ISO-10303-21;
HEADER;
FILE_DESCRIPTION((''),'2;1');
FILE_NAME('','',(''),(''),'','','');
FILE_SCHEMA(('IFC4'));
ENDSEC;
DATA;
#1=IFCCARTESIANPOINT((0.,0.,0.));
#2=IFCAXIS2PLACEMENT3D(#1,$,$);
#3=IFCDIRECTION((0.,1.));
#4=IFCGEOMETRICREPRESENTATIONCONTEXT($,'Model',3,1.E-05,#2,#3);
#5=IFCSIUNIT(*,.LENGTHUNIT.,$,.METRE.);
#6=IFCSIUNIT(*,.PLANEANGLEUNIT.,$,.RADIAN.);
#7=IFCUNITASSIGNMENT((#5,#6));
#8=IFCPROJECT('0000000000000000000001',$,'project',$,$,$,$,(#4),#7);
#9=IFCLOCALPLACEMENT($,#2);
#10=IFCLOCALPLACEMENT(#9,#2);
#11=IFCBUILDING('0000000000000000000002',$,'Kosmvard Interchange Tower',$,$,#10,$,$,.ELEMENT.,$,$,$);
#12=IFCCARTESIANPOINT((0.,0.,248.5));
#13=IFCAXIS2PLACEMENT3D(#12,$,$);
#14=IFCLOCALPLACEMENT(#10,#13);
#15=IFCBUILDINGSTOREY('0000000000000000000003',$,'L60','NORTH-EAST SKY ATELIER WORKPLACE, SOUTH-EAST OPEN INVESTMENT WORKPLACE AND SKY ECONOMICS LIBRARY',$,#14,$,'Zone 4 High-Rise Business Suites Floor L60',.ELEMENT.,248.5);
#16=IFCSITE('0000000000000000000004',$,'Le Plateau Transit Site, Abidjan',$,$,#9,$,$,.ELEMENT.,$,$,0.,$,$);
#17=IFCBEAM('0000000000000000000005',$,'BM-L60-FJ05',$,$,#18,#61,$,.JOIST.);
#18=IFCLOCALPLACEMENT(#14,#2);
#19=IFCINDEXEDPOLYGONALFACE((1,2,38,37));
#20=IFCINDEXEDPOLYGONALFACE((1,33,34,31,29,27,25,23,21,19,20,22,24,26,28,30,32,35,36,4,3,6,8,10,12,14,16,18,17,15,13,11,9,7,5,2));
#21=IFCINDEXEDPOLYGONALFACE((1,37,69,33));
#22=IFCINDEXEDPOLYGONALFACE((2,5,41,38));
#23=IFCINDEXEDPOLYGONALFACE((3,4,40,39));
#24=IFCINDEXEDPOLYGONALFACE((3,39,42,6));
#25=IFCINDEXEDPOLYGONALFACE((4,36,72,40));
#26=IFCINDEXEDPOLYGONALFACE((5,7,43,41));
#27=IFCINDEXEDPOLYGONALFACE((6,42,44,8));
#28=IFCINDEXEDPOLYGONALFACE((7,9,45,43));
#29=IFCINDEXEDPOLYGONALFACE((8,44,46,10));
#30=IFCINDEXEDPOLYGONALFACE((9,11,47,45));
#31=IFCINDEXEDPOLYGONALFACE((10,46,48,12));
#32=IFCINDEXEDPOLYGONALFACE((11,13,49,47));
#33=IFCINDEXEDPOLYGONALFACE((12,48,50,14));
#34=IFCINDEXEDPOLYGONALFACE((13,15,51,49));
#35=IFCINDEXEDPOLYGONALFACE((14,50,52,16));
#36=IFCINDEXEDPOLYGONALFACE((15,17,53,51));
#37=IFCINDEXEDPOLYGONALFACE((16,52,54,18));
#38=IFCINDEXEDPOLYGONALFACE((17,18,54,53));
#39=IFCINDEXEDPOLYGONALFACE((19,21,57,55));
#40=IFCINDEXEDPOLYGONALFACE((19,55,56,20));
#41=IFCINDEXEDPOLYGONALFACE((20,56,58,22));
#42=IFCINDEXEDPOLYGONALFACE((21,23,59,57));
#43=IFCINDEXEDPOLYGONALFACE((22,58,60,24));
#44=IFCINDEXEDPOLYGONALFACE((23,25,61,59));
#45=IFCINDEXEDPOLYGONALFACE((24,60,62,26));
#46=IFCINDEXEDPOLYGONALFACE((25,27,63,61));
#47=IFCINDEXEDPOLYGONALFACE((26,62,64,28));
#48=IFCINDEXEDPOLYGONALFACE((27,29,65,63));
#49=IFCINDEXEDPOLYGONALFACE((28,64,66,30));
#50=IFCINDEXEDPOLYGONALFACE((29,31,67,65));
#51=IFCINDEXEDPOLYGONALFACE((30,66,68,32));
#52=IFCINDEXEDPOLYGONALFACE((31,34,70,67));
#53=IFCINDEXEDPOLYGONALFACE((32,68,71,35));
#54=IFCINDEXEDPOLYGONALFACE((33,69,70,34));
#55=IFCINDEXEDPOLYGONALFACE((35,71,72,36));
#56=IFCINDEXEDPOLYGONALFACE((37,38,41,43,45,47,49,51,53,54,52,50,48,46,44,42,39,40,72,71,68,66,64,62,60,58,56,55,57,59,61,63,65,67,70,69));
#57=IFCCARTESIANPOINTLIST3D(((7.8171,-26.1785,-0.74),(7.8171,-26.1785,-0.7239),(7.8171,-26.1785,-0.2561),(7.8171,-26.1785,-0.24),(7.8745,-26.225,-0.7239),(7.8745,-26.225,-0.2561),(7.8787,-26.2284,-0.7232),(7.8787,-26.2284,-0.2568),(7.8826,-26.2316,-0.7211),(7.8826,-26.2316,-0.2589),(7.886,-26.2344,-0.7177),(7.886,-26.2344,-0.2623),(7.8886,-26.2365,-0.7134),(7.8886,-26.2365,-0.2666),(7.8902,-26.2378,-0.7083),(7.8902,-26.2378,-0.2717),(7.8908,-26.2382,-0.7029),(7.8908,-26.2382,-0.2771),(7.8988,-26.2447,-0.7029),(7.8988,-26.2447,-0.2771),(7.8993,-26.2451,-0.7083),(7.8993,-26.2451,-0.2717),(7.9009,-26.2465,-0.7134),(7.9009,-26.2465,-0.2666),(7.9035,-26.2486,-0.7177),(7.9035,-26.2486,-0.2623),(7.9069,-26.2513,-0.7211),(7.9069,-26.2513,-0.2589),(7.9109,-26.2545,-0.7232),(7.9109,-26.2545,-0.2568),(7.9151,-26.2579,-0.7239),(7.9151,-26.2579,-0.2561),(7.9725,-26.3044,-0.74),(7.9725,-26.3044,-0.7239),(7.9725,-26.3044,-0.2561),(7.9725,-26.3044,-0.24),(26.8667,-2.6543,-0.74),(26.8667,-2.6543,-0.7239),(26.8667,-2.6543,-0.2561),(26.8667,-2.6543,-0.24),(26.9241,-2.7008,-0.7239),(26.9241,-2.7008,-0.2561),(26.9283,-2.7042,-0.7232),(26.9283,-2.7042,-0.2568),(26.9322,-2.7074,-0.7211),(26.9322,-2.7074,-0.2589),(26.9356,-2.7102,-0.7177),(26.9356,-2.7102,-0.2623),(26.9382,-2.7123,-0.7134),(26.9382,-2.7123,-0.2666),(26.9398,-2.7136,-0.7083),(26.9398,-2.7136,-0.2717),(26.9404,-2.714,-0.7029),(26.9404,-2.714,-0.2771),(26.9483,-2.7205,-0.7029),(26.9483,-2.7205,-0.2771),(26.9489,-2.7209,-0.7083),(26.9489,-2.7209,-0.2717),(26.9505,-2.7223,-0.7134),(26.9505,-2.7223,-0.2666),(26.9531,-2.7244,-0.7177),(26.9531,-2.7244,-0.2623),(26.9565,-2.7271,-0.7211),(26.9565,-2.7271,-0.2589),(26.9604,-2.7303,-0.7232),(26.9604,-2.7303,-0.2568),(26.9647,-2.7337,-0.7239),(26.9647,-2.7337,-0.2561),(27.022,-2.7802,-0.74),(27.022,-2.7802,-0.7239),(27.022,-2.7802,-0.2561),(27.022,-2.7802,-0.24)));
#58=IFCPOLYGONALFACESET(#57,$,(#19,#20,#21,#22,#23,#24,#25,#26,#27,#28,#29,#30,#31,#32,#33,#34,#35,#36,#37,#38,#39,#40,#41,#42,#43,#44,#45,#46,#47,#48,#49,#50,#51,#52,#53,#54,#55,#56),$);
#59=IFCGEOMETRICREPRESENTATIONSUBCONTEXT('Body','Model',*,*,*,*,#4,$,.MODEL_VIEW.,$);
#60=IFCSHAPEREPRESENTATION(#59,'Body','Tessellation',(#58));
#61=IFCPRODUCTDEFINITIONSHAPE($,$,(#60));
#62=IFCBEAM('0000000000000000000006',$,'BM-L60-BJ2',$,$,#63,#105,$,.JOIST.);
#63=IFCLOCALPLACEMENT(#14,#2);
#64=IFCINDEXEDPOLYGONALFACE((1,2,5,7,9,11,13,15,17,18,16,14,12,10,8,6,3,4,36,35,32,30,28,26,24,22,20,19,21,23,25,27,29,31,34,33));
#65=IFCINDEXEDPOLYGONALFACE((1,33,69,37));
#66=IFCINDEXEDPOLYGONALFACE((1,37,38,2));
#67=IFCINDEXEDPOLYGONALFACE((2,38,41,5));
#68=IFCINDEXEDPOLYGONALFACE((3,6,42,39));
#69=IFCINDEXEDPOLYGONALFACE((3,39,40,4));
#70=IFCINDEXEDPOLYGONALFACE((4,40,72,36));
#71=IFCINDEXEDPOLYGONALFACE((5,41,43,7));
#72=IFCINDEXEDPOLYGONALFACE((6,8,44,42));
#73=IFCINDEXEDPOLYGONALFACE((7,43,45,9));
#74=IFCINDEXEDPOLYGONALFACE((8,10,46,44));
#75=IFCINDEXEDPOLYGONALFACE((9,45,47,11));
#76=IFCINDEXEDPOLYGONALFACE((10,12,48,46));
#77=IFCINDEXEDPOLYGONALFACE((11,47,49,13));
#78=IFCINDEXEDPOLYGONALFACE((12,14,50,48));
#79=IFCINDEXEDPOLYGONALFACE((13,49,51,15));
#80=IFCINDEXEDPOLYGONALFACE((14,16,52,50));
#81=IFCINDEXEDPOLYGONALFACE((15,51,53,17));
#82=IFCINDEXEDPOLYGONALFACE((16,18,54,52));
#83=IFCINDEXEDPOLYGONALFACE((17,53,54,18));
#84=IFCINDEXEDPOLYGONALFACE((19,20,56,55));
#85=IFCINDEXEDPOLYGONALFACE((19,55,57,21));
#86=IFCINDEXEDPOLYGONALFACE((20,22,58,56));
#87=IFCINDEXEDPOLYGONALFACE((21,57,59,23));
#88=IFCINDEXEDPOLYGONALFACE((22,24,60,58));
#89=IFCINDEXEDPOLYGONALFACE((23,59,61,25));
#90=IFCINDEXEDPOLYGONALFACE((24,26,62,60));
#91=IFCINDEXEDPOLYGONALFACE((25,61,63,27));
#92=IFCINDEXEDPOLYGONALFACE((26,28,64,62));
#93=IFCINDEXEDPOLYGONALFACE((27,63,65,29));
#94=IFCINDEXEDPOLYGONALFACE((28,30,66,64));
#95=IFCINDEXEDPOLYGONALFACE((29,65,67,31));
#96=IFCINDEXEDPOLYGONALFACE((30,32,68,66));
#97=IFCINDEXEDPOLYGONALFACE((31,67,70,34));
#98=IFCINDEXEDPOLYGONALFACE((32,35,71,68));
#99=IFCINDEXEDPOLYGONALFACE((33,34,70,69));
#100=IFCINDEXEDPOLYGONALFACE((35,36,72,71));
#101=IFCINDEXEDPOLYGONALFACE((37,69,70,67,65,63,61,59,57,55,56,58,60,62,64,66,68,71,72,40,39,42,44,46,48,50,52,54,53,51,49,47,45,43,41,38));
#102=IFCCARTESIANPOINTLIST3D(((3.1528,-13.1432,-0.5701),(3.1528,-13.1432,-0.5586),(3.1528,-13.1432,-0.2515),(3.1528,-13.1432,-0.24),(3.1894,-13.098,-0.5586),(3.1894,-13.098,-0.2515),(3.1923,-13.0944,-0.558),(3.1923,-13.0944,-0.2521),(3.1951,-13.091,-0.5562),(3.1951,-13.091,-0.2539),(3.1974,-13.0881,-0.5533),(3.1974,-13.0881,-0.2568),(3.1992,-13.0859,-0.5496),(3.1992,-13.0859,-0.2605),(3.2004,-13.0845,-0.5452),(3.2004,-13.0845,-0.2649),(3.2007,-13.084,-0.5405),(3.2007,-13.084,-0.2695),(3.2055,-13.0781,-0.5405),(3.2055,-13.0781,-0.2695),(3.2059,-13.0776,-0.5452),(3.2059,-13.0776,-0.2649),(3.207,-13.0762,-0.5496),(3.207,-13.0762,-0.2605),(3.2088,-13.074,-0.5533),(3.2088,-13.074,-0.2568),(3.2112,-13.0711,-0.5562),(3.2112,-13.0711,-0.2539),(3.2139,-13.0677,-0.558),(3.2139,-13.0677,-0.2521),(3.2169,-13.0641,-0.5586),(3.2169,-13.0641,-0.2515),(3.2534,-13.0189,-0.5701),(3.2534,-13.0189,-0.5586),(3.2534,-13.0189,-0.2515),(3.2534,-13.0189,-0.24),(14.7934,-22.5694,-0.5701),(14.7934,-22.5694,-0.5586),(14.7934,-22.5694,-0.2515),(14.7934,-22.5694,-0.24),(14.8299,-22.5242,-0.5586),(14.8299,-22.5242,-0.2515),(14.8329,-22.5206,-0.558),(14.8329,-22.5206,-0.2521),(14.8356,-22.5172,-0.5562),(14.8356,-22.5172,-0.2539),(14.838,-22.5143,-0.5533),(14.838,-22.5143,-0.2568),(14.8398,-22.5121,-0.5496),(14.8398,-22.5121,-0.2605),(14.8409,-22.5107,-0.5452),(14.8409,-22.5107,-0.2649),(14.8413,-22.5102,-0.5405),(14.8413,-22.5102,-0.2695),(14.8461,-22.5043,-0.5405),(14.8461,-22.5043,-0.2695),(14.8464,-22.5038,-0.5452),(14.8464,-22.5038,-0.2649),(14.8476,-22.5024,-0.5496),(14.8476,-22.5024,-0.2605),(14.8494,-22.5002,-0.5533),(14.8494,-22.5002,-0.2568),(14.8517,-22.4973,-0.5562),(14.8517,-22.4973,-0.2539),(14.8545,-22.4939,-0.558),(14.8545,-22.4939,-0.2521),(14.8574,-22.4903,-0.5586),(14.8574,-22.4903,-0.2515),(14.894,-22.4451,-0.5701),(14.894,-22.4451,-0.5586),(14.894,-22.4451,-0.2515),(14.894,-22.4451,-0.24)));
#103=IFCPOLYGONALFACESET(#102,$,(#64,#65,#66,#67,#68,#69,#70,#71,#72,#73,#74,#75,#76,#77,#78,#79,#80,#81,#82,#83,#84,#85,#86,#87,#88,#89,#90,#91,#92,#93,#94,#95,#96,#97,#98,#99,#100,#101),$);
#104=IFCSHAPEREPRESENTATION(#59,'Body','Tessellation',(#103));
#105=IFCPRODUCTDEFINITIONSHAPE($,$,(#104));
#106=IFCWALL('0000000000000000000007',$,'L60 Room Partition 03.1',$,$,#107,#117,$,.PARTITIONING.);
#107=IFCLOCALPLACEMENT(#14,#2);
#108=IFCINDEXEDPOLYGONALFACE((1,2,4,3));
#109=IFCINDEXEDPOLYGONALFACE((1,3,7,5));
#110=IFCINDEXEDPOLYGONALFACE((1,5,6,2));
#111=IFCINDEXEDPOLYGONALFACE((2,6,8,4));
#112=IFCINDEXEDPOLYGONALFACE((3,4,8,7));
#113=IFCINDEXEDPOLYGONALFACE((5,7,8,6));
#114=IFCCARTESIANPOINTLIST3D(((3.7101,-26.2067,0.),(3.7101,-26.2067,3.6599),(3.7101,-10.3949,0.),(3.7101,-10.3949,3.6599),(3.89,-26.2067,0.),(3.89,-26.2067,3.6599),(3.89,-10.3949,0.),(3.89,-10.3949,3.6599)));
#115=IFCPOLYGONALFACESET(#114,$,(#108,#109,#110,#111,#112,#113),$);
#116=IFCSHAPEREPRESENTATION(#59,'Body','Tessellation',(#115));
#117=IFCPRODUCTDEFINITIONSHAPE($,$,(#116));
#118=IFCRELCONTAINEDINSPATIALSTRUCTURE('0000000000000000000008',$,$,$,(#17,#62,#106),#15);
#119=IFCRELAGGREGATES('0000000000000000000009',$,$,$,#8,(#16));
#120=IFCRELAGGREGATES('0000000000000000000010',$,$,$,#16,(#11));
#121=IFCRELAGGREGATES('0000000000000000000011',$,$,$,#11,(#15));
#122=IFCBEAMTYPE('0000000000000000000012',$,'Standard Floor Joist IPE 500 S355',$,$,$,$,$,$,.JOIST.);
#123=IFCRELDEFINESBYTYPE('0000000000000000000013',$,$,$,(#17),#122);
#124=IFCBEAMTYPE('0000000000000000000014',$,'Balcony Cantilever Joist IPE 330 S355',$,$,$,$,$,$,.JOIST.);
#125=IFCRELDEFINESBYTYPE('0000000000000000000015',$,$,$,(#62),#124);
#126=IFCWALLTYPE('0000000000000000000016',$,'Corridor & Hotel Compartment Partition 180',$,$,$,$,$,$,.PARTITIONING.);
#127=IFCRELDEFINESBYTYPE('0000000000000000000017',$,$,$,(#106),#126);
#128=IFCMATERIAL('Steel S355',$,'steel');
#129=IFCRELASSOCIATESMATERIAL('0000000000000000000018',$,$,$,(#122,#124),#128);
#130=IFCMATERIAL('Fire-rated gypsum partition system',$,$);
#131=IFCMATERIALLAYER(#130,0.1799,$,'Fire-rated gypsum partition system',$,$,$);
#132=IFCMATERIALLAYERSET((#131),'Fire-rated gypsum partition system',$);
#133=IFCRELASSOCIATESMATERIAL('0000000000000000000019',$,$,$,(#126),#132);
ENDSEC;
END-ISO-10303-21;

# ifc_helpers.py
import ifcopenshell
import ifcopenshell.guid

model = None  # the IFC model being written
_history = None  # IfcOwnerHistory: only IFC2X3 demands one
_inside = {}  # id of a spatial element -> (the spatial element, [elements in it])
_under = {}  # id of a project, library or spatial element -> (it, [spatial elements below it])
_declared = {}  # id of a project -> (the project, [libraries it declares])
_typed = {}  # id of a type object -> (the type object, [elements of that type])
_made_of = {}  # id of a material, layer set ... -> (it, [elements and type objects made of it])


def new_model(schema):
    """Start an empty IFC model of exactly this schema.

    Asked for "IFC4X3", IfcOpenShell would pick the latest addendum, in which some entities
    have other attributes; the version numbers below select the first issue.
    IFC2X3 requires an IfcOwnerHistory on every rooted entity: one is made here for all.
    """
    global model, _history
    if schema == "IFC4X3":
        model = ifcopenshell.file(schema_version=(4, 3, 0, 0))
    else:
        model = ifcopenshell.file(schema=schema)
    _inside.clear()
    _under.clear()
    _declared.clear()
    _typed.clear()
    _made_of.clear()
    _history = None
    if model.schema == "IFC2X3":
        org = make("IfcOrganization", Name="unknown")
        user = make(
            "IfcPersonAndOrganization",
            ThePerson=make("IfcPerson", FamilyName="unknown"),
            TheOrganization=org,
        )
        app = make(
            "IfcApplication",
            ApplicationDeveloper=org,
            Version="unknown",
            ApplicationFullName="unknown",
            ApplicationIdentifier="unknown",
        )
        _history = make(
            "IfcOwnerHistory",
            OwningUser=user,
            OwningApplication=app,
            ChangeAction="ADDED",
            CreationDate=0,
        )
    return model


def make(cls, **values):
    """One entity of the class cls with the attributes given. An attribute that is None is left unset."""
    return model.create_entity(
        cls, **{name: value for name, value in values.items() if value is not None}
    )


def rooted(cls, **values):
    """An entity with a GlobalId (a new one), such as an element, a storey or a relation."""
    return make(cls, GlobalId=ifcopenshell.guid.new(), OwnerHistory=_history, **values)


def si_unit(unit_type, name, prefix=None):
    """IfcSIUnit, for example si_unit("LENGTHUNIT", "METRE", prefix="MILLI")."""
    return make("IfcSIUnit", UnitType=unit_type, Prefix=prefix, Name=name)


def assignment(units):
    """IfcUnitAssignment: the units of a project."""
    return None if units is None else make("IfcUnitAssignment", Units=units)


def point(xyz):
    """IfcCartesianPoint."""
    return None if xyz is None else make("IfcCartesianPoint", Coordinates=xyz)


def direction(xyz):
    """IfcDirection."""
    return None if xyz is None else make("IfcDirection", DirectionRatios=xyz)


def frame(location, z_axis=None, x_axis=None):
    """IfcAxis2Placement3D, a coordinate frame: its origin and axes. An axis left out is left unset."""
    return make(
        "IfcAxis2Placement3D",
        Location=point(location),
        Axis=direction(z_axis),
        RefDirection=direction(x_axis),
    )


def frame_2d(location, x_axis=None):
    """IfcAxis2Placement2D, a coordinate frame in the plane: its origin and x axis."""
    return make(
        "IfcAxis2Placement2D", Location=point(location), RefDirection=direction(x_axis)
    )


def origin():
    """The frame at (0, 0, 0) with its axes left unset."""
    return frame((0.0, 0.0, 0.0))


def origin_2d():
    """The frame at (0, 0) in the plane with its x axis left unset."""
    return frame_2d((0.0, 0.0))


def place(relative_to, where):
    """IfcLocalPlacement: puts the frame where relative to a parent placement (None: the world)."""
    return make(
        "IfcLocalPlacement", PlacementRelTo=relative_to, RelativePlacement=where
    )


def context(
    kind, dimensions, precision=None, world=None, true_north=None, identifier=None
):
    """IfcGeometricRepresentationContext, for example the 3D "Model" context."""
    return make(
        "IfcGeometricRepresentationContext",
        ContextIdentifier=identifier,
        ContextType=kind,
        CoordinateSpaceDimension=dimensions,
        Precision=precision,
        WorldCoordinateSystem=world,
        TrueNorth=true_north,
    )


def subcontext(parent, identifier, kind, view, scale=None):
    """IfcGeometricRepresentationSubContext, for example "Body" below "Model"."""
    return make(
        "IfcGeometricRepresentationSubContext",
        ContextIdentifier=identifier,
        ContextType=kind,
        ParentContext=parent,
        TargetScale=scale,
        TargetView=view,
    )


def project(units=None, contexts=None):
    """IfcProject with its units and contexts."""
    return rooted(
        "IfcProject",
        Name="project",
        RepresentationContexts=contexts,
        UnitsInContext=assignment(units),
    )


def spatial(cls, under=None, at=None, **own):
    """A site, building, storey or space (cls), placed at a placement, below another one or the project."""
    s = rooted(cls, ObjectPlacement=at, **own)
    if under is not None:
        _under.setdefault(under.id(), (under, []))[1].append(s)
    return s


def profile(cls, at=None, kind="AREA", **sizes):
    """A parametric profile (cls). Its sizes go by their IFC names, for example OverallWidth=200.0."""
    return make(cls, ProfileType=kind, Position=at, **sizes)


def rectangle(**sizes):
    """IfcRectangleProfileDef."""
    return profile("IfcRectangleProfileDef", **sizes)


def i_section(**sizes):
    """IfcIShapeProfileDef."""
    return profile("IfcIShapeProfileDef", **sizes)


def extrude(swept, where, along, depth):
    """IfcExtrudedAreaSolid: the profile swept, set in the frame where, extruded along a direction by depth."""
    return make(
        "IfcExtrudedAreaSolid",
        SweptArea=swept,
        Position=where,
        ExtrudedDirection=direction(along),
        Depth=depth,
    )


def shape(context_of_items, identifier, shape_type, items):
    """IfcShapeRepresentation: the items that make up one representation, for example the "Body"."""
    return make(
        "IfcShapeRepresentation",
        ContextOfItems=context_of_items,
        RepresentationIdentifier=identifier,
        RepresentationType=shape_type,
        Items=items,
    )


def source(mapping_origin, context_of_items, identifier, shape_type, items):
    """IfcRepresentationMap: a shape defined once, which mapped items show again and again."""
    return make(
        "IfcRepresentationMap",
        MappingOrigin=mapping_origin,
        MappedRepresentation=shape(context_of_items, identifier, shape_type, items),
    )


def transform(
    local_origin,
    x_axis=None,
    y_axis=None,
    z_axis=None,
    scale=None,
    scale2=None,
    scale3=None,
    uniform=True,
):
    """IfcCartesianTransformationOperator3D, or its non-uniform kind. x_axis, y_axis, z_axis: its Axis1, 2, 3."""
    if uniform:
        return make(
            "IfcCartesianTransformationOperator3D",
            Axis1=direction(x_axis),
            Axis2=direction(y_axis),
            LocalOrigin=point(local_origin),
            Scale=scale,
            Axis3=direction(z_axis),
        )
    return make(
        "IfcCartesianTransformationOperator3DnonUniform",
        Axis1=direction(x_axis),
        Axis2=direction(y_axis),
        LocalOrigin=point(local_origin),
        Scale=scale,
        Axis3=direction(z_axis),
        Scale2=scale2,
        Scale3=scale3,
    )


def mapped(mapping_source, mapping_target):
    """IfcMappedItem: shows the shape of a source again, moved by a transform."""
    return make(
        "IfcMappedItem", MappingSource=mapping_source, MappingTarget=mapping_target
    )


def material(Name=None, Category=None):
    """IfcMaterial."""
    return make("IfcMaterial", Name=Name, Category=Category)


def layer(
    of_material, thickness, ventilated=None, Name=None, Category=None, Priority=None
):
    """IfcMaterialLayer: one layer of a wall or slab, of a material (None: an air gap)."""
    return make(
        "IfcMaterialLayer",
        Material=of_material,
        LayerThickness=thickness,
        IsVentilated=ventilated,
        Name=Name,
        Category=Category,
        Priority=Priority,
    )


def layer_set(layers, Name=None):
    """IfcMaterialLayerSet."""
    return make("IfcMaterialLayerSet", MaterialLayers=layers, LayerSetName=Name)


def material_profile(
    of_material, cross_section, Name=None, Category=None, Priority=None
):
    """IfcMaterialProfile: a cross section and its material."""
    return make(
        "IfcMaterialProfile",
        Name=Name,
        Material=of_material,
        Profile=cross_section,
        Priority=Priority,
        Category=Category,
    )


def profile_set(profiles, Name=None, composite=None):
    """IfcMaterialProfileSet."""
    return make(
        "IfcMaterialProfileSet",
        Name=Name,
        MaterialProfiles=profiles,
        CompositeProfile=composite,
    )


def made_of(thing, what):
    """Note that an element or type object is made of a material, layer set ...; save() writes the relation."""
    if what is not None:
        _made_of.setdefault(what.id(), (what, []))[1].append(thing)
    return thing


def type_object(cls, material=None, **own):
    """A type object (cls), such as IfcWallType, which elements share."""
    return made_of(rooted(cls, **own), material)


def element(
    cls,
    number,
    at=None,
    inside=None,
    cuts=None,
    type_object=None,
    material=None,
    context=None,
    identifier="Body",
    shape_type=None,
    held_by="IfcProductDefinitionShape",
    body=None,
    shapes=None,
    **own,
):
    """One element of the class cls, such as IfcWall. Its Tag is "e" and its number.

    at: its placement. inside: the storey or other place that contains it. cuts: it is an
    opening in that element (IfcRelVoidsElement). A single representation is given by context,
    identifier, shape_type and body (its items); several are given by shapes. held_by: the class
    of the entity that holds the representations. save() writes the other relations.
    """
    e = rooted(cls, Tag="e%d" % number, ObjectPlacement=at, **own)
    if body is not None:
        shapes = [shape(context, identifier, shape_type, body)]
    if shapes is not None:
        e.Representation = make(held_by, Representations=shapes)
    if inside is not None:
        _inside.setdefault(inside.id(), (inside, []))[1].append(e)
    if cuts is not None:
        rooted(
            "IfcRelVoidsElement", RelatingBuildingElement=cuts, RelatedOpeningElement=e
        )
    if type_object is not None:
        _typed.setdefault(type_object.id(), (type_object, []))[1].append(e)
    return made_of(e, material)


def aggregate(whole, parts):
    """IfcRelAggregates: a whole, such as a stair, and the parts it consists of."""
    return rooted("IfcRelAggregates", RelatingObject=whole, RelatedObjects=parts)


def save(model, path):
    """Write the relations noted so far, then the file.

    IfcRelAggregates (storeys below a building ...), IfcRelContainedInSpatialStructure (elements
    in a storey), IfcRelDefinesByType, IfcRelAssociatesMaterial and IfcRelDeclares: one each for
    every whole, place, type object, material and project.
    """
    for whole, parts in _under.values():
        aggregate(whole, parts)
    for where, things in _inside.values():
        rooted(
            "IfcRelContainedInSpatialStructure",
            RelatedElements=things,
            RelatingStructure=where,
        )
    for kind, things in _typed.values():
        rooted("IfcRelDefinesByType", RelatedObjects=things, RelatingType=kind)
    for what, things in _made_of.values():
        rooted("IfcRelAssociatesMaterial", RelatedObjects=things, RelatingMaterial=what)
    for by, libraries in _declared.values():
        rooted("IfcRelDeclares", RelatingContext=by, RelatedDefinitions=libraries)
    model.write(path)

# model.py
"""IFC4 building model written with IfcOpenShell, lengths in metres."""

from ifc_helpers import new_model, si_unit, direction, frame, frame_2d, origin, origin_2d, place, context, subcontext, project, spatial, rectangle, i_section, extrude, source, transform, mapped, material, layer, layer_set, material_profile, profile_set, type_object, element, save


model = new_model("IFC4")

# Units and contexts
model_context = context("Model", 3, precision=1e-05, world=origin(), true_north=direction((0.0, 1.0)))
body_context = subcontext(model_context, "Body", "Model", "MODEL_VIEW")
ifc_project = project(units=[si_unit("LENGTHUNIT", "METRE"), si_unit("PLANEANGLEUNIT", "RADIAN")], contexts=[model_context])

# Site, building, storey
site_placement = place(None, origin())
site = spatial("IfcSite", under=ifc_project, at=site_placement, Name="Le Plateau Transit Site, Abidjan", CompositionType="ELEMENT", RefElevation=0.0)
building_placement = place(site_placement, origin())
building = spatial("IfcBuilding", under=site, at=building_placement, Name="Kosmvard Interchange Tower", CompositionType="ELEMENT")
storey_placement = place(building_placement, frame((0.0, 0.0, 248.5)))
storey = spatial("IfcBuildingStorey", under=building, at=storey_placement, Name="L60", Description="NORTH-EAST SKY ATELIER WORKPLACE, SOUTH-EAST OPEN INVESTMENT WORKPLACE AND SKY ECONOMICS LIBRARY", LongName="Zone 4 High-Rise Business Suites Floor L60", CompositionType="ELEMENT", Elevation=248.5)

# Beams
ifc_material_1 = material(Name="Steel S355", Category="steel")
ifc_material_profile_1 = material_profile(ifc_material_1, i_section(OverallWidth=0.2, OverallDepth=0.5, WebThickness=0.0103, FlangeThickness=0.0161, FilletRadius=0.021, at=origin_2d()), Name="IPE 500")
ifc_profile_set_1 = profile_set([ifc_material_profile_1], Name="Steel S355")
beam_type_1 = type_object("IfcBeamType", Name="Standard Floor Joist IPE 500 S355", PredefinedType="JOIST", material=ifc_profile_set_1)
shared_shape_1 = source(origin(), body_context, "Body", "SweptSolid", [
    extrude(i_section(OverallWidth=0.2, OverallDepth=0.5, WebThickness=0.0103, FlangeThickness=0.0161, FilletRadius=0.021, at=origin_2d()), origin(), (0.0, 0.0, 1.0), 30.27),
])
beam_1_placement = place(storey_placement, frame((7.8948, -26.2415, -0.49), z_axis=(0.629322, 0.777145, 0.0), x_axis=(-0.777145, 0.629322, 0.0)))
element("IfcBeam", 1, at=beam_1_placement, inside=storey, type_object=beam_type_1, Name="BM-L60-FJ05", PredefinedType="JOIST", context=body_context, shape_type="MappedRepresentation", body=[
    mapped(shared_shape_1, transform((0.0, 0.0, 0.0), scale=1.0)),
])
ifc_material_profile_2 = material_profile(ifc_material_1, i_section(OverallWidth=0.1599, OverallDepth=0.3301, WebThickness=0.0076, FlangeThickness=0.0115, FilletRadius=0.0181, at=origin_2d()), Name="IPE 330")
ifc_profile_set_2 = profile_set([ifc_material_profile_2], Name="Steel S355")
beam_type_2 = type_object("IfcBeamType", Name="Balcony Cantilever Joist IPE 330 S355", PredefinedType="JOIST", material=ifc_profile_set_2)
shared_shape_2 = source(origin(), body_context, "Body", "SweptSolid", [
    extrude(i_section(OverallWidth=0.1599, OverallDepth=0.3301, WebThickness=0.0076, FlangeThickness=0.0115, FilletRadius=0.0181, at=origin_2d()), origin(), (0.0, 0.0, 1.0), 14.9785),
])
beam_2_placement = place(storey_placement, frame((3.2031, -13.0811, -0.405), z_axis=(0.77715, -0.629315, 0.0), x_axis=(0.629315, 0.77715, 0.0)))
element("IfcBeam", 2, at=beam_2_placement, inside=storey, type_object=beam_type_2, Name="BM-L60-BJ2", PredefinedType="JOIST", context=body_context, shape_type="MappedRepresentation", body=[
    mapped(shared_shape_2, transform((0.0, 0.0, 0.0), scale=1.0)),
])

# Wall
ifc_material_2 = material(Name="Fire-rated gypsum partition system")
ifc_layer_1 = layer(ifc_material_2, 0.1799, Name="Fire-rated gypsum partition system")
ifc_layer_set_1 = layer_set([ifc_layer_1], Name="Fire-rated gypsum partition system")
wall_type_1 = type_object("IfcWallType", Name="Corridor & Hotel Compartment Partition 180", PredefinedType="PARTITIONING", material=ifc_layer_set_1)
wall_1_placement = place(storey_placement, frame((3.8, -10.395, 0.0), z_axis=(0.0, 0.0, 1.0), x_axis=(0.0, -1.0, 0.0)))
element("IfcWall", 3, at=wall_1_placement, inside=storey, type_object=wall_type_1, Name="L60 Room Partition 03.1", PredefinedType="PARTITIONING", context=body_context, shape_type="SweptSolid", body=[
    extrude(rectangle(XDim=15.8118, YDim=0.1799, at=frame_2d((7.9058, 0.0))), origin(), (0.0, 0.0, 1.0), 3.6599),
])

save(model, "model.ifc")
